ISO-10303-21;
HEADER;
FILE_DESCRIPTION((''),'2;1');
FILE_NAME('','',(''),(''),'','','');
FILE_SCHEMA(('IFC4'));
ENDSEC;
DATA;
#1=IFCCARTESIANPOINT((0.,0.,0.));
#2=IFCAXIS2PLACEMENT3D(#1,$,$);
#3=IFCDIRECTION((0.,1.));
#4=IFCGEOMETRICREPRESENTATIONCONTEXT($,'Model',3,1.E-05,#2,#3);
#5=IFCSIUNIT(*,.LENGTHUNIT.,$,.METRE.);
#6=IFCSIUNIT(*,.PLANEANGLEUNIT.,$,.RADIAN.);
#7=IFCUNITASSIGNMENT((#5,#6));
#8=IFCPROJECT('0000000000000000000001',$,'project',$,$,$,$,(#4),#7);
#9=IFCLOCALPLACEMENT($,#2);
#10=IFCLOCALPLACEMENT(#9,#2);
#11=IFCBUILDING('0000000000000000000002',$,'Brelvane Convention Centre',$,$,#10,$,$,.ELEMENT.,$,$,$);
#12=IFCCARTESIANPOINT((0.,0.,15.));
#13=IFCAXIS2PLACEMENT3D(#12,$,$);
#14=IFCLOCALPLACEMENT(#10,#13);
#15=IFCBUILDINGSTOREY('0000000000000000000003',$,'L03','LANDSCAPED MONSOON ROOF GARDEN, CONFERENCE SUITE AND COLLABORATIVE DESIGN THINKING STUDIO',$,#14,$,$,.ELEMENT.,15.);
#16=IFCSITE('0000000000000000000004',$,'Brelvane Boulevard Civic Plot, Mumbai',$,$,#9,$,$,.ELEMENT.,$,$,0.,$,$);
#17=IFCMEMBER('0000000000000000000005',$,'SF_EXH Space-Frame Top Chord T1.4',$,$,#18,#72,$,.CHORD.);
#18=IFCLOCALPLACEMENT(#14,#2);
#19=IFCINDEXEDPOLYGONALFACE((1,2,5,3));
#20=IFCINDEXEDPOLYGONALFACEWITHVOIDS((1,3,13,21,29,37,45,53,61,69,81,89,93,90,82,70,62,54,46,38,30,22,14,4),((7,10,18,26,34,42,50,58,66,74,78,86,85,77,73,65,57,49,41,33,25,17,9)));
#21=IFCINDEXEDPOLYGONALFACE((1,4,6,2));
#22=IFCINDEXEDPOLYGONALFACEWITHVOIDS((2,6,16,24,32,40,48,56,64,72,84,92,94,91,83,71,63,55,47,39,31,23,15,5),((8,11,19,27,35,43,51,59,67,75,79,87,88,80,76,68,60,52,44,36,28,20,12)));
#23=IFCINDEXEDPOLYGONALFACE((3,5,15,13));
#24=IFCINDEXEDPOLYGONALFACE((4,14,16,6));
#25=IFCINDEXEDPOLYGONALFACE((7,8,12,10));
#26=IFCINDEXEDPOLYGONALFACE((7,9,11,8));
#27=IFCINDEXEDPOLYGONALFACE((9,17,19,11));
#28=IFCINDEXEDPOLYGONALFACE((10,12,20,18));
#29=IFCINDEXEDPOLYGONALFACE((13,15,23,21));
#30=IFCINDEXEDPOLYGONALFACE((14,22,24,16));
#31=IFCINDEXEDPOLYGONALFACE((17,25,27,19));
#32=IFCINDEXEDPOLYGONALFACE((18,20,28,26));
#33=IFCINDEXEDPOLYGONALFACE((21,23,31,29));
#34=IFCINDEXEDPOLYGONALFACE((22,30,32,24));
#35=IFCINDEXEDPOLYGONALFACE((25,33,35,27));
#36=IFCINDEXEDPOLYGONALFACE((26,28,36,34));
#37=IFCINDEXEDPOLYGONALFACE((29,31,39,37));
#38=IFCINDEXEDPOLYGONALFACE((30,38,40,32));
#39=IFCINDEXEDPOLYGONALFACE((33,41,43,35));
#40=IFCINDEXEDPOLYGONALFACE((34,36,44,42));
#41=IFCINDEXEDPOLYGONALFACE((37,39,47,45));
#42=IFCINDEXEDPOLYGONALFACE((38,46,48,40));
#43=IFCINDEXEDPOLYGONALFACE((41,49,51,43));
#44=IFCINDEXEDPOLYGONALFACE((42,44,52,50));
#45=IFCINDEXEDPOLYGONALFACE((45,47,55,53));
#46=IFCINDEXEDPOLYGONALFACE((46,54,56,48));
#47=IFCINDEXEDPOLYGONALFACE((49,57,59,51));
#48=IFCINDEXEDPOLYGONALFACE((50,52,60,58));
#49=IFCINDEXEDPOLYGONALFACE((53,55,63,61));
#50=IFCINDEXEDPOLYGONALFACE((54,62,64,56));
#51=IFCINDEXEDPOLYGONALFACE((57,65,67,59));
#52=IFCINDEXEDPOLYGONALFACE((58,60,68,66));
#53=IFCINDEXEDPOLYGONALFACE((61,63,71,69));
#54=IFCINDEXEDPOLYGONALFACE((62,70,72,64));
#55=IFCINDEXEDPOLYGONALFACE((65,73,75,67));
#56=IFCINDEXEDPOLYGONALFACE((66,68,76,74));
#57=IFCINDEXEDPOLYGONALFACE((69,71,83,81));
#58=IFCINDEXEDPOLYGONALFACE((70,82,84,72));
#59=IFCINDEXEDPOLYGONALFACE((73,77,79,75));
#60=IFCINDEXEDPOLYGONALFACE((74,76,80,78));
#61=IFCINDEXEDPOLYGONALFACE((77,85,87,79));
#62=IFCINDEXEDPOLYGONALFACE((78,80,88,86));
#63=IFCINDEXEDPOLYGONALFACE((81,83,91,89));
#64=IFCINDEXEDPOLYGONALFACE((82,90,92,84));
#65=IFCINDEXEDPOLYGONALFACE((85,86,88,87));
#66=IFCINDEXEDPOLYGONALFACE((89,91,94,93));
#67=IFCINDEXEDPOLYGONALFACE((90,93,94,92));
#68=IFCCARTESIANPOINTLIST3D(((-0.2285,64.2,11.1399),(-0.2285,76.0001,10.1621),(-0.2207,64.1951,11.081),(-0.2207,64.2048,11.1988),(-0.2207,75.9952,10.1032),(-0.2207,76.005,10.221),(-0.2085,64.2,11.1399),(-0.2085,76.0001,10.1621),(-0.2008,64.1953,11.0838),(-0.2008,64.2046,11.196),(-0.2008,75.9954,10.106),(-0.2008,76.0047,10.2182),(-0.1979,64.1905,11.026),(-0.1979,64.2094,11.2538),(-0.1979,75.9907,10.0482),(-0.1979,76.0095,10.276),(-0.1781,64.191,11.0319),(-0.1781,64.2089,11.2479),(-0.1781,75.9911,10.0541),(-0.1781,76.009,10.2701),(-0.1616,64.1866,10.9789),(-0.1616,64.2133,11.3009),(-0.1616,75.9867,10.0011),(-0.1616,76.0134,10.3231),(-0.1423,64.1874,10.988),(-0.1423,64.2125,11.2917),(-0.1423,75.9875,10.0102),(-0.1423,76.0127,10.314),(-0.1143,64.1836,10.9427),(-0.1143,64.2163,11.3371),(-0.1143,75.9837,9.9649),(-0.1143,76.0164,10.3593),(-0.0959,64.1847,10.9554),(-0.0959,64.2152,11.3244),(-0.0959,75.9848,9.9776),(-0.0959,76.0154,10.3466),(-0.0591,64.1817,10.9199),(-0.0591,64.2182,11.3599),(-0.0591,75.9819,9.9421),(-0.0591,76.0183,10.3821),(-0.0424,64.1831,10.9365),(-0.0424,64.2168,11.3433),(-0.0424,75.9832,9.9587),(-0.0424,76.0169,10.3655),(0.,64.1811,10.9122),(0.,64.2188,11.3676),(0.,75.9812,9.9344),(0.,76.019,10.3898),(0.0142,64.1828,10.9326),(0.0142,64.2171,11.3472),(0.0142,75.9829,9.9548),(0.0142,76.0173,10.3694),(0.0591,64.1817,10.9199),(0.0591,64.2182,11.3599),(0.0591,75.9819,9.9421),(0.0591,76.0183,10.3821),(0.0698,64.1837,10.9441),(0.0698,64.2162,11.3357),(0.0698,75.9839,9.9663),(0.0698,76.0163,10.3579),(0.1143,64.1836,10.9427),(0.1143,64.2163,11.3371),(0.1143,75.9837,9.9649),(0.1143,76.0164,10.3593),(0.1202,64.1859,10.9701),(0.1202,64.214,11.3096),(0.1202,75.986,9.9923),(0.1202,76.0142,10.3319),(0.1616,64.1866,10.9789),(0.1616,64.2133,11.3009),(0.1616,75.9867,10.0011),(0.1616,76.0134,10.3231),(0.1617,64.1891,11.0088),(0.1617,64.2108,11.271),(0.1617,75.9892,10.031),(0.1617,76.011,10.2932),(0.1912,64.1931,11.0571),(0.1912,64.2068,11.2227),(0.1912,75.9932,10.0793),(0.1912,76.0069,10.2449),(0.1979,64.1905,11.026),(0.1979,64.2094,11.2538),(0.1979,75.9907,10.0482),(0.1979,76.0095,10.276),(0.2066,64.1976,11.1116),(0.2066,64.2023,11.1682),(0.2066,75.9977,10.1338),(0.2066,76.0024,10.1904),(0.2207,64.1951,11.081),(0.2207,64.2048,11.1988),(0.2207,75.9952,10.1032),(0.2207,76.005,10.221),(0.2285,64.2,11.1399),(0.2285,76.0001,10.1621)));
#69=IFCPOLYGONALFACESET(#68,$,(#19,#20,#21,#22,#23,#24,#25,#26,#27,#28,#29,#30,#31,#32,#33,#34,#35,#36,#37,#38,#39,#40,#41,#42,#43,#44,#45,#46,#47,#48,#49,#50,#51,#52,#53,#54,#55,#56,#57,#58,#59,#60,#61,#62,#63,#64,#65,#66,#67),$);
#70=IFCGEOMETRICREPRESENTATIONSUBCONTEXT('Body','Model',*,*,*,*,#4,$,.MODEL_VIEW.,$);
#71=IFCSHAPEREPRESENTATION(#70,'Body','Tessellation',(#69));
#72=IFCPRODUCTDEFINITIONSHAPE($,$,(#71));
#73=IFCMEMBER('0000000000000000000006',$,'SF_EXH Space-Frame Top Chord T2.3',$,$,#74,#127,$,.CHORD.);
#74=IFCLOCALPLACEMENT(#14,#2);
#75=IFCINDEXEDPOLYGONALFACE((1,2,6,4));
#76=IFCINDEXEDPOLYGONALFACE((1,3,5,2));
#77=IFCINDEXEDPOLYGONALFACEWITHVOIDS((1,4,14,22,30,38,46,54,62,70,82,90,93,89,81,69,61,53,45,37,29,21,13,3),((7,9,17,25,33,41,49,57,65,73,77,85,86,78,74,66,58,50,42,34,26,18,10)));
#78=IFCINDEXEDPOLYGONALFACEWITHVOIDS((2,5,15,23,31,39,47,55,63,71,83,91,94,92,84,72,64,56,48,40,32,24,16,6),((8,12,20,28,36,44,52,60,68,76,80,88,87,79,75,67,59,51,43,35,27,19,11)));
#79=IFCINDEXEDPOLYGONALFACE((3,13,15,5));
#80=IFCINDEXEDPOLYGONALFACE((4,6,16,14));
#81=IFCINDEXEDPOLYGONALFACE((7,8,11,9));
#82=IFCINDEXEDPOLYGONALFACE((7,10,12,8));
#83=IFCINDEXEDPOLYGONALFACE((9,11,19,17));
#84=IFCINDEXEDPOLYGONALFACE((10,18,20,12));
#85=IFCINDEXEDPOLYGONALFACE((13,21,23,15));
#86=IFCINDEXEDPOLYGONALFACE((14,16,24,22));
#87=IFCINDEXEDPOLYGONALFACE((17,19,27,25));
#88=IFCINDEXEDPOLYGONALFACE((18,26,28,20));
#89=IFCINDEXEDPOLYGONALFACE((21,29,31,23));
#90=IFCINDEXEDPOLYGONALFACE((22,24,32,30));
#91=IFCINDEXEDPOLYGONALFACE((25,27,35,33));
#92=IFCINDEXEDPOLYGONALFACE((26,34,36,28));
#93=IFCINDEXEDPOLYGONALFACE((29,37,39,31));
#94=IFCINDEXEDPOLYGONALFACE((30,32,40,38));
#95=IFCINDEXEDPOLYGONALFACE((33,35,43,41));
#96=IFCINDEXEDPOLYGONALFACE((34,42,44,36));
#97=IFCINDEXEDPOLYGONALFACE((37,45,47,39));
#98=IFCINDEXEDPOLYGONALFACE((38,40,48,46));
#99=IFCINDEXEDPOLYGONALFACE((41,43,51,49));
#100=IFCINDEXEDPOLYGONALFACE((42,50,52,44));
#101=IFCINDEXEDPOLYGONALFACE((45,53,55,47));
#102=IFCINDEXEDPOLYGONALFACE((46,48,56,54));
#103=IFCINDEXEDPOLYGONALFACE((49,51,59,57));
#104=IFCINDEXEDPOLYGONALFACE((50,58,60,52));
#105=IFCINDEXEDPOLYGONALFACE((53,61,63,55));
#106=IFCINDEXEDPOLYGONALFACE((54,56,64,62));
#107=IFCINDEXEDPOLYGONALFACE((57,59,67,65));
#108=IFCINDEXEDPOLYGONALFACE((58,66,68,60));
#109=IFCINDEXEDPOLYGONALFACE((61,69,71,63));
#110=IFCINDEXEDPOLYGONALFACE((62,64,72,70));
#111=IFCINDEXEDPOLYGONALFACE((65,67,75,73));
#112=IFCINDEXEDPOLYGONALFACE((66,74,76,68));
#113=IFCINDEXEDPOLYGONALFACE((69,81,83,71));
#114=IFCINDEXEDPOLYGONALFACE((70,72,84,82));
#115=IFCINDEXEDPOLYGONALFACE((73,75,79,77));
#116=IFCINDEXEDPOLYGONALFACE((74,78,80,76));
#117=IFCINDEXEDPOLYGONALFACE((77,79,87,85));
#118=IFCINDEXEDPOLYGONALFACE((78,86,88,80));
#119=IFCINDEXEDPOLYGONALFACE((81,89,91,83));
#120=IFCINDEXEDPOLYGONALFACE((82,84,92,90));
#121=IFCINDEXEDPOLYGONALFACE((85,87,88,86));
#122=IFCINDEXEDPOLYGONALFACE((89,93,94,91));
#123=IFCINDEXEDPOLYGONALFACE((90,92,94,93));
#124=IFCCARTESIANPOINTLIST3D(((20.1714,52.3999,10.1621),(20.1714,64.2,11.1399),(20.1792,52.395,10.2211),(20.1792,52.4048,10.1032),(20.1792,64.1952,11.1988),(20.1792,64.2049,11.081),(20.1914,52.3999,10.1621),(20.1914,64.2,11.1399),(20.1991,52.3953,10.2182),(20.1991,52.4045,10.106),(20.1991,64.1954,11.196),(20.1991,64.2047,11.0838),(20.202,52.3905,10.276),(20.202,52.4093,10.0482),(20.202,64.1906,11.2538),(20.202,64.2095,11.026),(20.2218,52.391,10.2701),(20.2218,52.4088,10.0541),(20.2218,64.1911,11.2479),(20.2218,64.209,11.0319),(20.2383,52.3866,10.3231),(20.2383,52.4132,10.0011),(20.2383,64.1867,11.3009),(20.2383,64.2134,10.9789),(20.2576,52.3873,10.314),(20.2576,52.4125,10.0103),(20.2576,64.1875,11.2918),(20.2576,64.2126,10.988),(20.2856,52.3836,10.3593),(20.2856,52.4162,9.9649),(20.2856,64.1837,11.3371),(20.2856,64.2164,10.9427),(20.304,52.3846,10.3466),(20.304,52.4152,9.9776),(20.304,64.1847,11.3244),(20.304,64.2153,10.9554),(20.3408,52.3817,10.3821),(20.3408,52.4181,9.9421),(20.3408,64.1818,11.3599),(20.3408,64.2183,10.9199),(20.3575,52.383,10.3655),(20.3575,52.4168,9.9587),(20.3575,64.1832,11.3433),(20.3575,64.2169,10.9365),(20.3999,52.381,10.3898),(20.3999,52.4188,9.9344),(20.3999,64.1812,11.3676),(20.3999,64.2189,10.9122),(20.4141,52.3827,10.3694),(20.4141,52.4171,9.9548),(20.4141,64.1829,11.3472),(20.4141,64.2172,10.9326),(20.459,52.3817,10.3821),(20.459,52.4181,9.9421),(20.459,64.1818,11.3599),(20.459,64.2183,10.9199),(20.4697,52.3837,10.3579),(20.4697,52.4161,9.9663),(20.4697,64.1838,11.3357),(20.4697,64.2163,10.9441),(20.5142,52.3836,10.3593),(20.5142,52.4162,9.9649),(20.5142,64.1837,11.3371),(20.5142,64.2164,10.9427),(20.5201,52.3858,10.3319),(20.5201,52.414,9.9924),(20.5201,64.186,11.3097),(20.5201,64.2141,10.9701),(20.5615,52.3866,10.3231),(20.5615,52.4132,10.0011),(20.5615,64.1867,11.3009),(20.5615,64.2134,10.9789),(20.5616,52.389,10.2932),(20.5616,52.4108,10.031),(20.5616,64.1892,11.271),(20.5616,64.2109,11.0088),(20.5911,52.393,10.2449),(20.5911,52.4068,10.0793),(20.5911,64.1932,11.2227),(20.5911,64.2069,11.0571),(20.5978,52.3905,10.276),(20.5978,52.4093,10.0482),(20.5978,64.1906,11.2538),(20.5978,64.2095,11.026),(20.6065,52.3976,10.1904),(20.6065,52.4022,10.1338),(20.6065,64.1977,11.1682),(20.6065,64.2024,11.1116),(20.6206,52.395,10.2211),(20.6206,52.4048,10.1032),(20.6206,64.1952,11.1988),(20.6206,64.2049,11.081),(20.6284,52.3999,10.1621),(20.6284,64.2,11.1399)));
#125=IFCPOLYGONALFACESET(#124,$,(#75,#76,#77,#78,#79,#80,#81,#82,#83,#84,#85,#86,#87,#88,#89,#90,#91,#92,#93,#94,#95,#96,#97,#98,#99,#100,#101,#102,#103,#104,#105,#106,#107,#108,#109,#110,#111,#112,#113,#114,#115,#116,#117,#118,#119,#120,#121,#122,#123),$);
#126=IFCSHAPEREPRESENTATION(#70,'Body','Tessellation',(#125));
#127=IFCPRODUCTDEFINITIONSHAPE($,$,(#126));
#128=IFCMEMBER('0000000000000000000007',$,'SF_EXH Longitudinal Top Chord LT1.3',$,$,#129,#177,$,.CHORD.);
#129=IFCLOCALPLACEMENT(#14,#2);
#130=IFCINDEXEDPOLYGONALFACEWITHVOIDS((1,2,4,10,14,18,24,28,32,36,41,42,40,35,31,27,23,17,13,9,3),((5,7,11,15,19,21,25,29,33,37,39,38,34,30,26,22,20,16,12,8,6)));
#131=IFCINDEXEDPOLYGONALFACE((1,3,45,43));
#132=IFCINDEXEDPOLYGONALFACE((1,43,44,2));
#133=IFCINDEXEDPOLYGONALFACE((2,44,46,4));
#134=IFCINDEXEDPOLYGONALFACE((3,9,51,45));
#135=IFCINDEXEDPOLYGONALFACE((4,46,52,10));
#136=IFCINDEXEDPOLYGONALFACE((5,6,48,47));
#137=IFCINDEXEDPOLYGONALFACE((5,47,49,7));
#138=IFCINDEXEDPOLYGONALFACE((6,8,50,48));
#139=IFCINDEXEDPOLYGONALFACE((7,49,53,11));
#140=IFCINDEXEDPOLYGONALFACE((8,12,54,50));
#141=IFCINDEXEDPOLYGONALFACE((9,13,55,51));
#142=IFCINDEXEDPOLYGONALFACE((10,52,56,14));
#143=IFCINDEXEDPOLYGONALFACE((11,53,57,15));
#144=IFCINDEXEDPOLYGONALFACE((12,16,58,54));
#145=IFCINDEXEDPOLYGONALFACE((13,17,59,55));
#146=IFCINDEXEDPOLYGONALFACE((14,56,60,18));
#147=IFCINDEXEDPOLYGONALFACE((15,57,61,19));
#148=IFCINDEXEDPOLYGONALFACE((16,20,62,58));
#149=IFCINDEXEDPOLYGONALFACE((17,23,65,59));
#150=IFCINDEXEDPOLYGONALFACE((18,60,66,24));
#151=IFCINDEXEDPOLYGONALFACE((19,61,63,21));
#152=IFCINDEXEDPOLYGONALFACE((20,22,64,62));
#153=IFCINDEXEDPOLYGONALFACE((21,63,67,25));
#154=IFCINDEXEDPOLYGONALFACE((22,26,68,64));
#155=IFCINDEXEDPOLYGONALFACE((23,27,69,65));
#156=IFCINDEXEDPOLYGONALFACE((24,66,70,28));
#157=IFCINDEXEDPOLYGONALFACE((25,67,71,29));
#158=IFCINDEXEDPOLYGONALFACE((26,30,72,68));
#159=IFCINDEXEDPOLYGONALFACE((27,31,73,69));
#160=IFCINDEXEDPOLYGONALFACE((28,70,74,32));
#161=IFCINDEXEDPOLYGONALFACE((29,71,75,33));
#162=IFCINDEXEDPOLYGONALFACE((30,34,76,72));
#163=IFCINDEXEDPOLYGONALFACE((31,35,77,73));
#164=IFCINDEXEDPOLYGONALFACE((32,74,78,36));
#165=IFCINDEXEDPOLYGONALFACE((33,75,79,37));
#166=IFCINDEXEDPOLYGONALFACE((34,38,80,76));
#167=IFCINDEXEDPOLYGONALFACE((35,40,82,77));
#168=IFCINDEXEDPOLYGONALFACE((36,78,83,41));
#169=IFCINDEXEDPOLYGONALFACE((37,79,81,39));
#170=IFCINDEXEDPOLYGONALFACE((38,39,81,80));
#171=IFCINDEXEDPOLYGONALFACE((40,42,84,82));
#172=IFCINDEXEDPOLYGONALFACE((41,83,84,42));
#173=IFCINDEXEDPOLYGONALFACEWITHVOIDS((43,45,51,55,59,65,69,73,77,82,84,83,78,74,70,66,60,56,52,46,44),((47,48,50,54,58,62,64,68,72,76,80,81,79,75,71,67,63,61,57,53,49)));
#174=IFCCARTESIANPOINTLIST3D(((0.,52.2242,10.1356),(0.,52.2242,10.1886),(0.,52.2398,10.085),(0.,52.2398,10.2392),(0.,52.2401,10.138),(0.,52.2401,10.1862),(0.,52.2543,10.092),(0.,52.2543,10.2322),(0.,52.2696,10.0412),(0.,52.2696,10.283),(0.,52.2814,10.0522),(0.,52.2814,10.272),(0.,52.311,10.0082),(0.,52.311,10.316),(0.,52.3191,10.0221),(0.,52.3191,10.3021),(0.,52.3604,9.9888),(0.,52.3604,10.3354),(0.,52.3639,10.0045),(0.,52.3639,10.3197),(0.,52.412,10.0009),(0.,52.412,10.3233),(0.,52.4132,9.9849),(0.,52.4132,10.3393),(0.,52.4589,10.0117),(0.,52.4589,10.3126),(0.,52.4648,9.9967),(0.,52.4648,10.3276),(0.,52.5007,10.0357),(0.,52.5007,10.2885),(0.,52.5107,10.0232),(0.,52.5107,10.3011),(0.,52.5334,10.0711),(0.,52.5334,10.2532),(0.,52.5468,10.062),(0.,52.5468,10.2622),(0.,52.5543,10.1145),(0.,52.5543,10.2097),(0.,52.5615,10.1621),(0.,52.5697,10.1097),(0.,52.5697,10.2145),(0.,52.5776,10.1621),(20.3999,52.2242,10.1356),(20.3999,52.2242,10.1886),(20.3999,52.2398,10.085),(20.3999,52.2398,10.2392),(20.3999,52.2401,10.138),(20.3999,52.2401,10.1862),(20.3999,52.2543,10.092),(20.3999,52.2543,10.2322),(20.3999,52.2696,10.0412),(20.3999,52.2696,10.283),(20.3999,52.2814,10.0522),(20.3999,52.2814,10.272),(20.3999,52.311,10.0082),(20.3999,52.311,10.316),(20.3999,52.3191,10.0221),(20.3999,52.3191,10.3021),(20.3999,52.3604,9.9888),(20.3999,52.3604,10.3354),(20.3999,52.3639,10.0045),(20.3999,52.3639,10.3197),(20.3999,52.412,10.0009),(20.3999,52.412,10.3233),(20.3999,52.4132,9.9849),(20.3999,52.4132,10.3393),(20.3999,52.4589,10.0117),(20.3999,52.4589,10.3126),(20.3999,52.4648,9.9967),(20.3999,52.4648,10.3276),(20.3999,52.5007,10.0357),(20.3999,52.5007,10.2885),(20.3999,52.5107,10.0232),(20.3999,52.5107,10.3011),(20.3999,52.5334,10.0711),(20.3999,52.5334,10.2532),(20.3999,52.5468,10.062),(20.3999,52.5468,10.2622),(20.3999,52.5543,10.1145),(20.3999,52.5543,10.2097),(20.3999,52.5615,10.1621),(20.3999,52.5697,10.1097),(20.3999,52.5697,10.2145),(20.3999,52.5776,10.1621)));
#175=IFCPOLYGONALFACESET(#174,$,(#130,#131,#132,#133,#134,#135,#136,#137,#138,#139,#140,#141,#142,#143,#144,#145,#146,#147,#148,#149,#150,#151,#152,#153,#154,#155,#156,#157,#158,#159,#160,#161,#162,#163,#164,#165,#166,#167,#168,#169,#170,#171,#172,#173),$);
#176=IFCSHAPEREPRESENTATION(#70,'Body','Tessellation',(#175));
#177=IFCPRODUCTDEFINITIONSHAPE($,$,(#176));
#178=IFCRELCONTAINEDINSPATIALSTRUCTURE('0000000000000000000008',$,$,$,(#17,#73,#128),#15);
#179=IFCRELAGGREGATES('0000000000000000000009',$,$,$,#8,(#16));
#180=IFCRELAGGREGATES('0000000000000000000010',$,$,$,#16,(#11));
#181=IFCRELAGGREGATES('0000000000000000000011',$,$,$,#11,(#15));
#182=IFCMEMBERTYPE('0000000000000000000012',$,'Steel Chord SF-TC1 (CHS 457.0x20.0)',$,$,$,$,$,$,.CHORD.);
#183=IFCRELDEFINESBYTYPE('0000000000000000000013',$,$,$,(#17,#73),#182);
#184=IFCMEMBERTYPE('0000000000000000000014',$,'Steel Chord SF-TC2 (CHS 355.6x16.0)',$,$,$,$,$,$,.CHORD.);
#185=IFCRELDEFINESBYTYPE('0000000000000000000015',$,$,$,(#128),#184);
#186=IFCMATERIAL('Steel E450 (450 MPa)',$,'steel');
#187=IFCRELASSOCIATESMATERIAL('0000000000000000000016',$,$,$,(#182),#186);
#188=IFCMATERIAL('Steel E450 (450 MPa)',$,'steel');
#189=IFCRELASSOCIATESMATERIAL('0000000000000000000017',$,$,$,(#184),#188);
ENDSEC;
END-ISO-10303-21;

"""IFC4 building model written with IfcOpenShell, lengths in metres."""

from ifc_helpers import new_model, si_unit, direction, frame, origin, origin_2d, place, context, subcontext, project, spatial, hollow_circle, extrude, material, material_profile, profile_set, type_object, element, save


model = new_model("IFC4")

# Units and contexts
model_context = context("Model", 3, precision=1e-05, world=origin(), true_north=direction((0.0, 1.0)))
body_context = subcontext(model_context, "Body", "Model", "MODEL_VIEW")
ifc_project = project(units=[si_unit("LENGTHUNIT", "METRE"), si_unit("PLANEANGLEUNIT", "RADIAN")], contexts=[model_context])

# Site, building, storey
site_placement = place(None, origin())
site = spatial("IfcSite", under=ifc_project, at=site_placement, Name="Brelvane Boulevard Civic Plot, Mumbai", CompositionType="ELEMENT", RefElevation=0.0)
building_placement = place(site_placement, origin())
building = spatial("IfcBuilding", under=site, at=building_placement, Name="Brelvane Convention Centre", CompositionType="ELEMENT")
storey_placement = place(building_placement, frame((0.0, 0.0, 15.0)))
storey = spatial("IfcBuildingStorey", under=building, at=storey_placement, Name="L03", Description="LANDSCAPED MONSOON ROOF GARDEN, CONFERENCE SUITE AND COLLABORATIVE DESIGN THINKING STUDIO", CompositionType="ELEMENT", Elevation=15.0)

# Members
ifc_material_1 = material(Name="Steel E450 (450 MPa)", Category="steel")
ifc_material_profile_1 = material_profile(ifc_material_1, hollow_circle(Radius=0.2285, WallThickness=0.02, at=origin_2d()), Name="CHS 457.0x20.0")
ifc_profile_set_1 = profile_set([ifc_material_profile_1], Name="Steel E450 (450 MPa)")
member_type_1 = type_object("IfcMemberType", Name="Steel Chord SF-TC1 (CHS 457.0x20.0)", PredefinedType="CHORD", material=ifc_profile_set_1)
for number, where, z_axis, x_axis, name in (
    (1, (0.0, 64.2, 11.1399), (0.0, 0.996584, -0.08258), (-1.0, 0.0, 0.0), "SF_EXH Space-Frame Top Chord T1.4"),
    (2, (20.3999, 52.3999, 10.1621), (0.0, 0.996584, 0.08258), (-1.0, 0.0, 0.0), "SF_EXH Space-Frame Top Chord T2.3"),
):
    element("IfcMember", number, at=place(storey_placement, frame(where, z_axis=z_axis, x_axis=x_axis)), inside=storey, type_object=member_type_1, Name=name, PredefinedType="CHORD", context=body_context, shape_type="SweptSolid", body=[
        extrude(hollow_circle(Radius=0.2285, WallThickness=0.02, at=origin_2d()), origin(), (0.0, 0.0, 1.0), 11.8406),
    ])
ifc_material_2 = material(Name="Steel E450 (450 MPa)", Category="steel")
ifc_material_profile_2 = material_profile(ifc_material_2, hollow_circle(Radius=0.1777, WallThickness=0.0161, at=origin_2d()), Name="CHS 355.6x16.0")
ifc_profile_set_2 = profile_set([ifc_material_profile_2], Name="Steel E450 (450 MPa)")
member_type_2 = type_object("IfcMemberType", Name="Steel Chord SF-TC2 (CHS 355.6x16.0)", PredefinedType="CHORD", material=ifc_profile_set_2)
for number, where, z_axis, x_axis, name in (
    (3, (0.0, 52.3999, 10.1621), (1.0, 0.0, 0.0), (0.0, 1.0, 0.0), "SF_EXH Longitudinal Top Chord LT1.3"),
):
    element("IfcMember", number, at=place(storey_placement, frame(where, z_axis=z_axis, x_axis=x_axis)), inside=storey, type_object=member_type_2, Name=name, PredefinedType="CHORD", context=body_context, shape_type="SweptSolid", body=[
        extrude(hollow_circle(Radius=0.1777, WallThickness=0.0161, at=origin_2d()), origin(), (0.0, 0.0, 1.0), 20.3999),
    ])

save(model, "model.ifc")
